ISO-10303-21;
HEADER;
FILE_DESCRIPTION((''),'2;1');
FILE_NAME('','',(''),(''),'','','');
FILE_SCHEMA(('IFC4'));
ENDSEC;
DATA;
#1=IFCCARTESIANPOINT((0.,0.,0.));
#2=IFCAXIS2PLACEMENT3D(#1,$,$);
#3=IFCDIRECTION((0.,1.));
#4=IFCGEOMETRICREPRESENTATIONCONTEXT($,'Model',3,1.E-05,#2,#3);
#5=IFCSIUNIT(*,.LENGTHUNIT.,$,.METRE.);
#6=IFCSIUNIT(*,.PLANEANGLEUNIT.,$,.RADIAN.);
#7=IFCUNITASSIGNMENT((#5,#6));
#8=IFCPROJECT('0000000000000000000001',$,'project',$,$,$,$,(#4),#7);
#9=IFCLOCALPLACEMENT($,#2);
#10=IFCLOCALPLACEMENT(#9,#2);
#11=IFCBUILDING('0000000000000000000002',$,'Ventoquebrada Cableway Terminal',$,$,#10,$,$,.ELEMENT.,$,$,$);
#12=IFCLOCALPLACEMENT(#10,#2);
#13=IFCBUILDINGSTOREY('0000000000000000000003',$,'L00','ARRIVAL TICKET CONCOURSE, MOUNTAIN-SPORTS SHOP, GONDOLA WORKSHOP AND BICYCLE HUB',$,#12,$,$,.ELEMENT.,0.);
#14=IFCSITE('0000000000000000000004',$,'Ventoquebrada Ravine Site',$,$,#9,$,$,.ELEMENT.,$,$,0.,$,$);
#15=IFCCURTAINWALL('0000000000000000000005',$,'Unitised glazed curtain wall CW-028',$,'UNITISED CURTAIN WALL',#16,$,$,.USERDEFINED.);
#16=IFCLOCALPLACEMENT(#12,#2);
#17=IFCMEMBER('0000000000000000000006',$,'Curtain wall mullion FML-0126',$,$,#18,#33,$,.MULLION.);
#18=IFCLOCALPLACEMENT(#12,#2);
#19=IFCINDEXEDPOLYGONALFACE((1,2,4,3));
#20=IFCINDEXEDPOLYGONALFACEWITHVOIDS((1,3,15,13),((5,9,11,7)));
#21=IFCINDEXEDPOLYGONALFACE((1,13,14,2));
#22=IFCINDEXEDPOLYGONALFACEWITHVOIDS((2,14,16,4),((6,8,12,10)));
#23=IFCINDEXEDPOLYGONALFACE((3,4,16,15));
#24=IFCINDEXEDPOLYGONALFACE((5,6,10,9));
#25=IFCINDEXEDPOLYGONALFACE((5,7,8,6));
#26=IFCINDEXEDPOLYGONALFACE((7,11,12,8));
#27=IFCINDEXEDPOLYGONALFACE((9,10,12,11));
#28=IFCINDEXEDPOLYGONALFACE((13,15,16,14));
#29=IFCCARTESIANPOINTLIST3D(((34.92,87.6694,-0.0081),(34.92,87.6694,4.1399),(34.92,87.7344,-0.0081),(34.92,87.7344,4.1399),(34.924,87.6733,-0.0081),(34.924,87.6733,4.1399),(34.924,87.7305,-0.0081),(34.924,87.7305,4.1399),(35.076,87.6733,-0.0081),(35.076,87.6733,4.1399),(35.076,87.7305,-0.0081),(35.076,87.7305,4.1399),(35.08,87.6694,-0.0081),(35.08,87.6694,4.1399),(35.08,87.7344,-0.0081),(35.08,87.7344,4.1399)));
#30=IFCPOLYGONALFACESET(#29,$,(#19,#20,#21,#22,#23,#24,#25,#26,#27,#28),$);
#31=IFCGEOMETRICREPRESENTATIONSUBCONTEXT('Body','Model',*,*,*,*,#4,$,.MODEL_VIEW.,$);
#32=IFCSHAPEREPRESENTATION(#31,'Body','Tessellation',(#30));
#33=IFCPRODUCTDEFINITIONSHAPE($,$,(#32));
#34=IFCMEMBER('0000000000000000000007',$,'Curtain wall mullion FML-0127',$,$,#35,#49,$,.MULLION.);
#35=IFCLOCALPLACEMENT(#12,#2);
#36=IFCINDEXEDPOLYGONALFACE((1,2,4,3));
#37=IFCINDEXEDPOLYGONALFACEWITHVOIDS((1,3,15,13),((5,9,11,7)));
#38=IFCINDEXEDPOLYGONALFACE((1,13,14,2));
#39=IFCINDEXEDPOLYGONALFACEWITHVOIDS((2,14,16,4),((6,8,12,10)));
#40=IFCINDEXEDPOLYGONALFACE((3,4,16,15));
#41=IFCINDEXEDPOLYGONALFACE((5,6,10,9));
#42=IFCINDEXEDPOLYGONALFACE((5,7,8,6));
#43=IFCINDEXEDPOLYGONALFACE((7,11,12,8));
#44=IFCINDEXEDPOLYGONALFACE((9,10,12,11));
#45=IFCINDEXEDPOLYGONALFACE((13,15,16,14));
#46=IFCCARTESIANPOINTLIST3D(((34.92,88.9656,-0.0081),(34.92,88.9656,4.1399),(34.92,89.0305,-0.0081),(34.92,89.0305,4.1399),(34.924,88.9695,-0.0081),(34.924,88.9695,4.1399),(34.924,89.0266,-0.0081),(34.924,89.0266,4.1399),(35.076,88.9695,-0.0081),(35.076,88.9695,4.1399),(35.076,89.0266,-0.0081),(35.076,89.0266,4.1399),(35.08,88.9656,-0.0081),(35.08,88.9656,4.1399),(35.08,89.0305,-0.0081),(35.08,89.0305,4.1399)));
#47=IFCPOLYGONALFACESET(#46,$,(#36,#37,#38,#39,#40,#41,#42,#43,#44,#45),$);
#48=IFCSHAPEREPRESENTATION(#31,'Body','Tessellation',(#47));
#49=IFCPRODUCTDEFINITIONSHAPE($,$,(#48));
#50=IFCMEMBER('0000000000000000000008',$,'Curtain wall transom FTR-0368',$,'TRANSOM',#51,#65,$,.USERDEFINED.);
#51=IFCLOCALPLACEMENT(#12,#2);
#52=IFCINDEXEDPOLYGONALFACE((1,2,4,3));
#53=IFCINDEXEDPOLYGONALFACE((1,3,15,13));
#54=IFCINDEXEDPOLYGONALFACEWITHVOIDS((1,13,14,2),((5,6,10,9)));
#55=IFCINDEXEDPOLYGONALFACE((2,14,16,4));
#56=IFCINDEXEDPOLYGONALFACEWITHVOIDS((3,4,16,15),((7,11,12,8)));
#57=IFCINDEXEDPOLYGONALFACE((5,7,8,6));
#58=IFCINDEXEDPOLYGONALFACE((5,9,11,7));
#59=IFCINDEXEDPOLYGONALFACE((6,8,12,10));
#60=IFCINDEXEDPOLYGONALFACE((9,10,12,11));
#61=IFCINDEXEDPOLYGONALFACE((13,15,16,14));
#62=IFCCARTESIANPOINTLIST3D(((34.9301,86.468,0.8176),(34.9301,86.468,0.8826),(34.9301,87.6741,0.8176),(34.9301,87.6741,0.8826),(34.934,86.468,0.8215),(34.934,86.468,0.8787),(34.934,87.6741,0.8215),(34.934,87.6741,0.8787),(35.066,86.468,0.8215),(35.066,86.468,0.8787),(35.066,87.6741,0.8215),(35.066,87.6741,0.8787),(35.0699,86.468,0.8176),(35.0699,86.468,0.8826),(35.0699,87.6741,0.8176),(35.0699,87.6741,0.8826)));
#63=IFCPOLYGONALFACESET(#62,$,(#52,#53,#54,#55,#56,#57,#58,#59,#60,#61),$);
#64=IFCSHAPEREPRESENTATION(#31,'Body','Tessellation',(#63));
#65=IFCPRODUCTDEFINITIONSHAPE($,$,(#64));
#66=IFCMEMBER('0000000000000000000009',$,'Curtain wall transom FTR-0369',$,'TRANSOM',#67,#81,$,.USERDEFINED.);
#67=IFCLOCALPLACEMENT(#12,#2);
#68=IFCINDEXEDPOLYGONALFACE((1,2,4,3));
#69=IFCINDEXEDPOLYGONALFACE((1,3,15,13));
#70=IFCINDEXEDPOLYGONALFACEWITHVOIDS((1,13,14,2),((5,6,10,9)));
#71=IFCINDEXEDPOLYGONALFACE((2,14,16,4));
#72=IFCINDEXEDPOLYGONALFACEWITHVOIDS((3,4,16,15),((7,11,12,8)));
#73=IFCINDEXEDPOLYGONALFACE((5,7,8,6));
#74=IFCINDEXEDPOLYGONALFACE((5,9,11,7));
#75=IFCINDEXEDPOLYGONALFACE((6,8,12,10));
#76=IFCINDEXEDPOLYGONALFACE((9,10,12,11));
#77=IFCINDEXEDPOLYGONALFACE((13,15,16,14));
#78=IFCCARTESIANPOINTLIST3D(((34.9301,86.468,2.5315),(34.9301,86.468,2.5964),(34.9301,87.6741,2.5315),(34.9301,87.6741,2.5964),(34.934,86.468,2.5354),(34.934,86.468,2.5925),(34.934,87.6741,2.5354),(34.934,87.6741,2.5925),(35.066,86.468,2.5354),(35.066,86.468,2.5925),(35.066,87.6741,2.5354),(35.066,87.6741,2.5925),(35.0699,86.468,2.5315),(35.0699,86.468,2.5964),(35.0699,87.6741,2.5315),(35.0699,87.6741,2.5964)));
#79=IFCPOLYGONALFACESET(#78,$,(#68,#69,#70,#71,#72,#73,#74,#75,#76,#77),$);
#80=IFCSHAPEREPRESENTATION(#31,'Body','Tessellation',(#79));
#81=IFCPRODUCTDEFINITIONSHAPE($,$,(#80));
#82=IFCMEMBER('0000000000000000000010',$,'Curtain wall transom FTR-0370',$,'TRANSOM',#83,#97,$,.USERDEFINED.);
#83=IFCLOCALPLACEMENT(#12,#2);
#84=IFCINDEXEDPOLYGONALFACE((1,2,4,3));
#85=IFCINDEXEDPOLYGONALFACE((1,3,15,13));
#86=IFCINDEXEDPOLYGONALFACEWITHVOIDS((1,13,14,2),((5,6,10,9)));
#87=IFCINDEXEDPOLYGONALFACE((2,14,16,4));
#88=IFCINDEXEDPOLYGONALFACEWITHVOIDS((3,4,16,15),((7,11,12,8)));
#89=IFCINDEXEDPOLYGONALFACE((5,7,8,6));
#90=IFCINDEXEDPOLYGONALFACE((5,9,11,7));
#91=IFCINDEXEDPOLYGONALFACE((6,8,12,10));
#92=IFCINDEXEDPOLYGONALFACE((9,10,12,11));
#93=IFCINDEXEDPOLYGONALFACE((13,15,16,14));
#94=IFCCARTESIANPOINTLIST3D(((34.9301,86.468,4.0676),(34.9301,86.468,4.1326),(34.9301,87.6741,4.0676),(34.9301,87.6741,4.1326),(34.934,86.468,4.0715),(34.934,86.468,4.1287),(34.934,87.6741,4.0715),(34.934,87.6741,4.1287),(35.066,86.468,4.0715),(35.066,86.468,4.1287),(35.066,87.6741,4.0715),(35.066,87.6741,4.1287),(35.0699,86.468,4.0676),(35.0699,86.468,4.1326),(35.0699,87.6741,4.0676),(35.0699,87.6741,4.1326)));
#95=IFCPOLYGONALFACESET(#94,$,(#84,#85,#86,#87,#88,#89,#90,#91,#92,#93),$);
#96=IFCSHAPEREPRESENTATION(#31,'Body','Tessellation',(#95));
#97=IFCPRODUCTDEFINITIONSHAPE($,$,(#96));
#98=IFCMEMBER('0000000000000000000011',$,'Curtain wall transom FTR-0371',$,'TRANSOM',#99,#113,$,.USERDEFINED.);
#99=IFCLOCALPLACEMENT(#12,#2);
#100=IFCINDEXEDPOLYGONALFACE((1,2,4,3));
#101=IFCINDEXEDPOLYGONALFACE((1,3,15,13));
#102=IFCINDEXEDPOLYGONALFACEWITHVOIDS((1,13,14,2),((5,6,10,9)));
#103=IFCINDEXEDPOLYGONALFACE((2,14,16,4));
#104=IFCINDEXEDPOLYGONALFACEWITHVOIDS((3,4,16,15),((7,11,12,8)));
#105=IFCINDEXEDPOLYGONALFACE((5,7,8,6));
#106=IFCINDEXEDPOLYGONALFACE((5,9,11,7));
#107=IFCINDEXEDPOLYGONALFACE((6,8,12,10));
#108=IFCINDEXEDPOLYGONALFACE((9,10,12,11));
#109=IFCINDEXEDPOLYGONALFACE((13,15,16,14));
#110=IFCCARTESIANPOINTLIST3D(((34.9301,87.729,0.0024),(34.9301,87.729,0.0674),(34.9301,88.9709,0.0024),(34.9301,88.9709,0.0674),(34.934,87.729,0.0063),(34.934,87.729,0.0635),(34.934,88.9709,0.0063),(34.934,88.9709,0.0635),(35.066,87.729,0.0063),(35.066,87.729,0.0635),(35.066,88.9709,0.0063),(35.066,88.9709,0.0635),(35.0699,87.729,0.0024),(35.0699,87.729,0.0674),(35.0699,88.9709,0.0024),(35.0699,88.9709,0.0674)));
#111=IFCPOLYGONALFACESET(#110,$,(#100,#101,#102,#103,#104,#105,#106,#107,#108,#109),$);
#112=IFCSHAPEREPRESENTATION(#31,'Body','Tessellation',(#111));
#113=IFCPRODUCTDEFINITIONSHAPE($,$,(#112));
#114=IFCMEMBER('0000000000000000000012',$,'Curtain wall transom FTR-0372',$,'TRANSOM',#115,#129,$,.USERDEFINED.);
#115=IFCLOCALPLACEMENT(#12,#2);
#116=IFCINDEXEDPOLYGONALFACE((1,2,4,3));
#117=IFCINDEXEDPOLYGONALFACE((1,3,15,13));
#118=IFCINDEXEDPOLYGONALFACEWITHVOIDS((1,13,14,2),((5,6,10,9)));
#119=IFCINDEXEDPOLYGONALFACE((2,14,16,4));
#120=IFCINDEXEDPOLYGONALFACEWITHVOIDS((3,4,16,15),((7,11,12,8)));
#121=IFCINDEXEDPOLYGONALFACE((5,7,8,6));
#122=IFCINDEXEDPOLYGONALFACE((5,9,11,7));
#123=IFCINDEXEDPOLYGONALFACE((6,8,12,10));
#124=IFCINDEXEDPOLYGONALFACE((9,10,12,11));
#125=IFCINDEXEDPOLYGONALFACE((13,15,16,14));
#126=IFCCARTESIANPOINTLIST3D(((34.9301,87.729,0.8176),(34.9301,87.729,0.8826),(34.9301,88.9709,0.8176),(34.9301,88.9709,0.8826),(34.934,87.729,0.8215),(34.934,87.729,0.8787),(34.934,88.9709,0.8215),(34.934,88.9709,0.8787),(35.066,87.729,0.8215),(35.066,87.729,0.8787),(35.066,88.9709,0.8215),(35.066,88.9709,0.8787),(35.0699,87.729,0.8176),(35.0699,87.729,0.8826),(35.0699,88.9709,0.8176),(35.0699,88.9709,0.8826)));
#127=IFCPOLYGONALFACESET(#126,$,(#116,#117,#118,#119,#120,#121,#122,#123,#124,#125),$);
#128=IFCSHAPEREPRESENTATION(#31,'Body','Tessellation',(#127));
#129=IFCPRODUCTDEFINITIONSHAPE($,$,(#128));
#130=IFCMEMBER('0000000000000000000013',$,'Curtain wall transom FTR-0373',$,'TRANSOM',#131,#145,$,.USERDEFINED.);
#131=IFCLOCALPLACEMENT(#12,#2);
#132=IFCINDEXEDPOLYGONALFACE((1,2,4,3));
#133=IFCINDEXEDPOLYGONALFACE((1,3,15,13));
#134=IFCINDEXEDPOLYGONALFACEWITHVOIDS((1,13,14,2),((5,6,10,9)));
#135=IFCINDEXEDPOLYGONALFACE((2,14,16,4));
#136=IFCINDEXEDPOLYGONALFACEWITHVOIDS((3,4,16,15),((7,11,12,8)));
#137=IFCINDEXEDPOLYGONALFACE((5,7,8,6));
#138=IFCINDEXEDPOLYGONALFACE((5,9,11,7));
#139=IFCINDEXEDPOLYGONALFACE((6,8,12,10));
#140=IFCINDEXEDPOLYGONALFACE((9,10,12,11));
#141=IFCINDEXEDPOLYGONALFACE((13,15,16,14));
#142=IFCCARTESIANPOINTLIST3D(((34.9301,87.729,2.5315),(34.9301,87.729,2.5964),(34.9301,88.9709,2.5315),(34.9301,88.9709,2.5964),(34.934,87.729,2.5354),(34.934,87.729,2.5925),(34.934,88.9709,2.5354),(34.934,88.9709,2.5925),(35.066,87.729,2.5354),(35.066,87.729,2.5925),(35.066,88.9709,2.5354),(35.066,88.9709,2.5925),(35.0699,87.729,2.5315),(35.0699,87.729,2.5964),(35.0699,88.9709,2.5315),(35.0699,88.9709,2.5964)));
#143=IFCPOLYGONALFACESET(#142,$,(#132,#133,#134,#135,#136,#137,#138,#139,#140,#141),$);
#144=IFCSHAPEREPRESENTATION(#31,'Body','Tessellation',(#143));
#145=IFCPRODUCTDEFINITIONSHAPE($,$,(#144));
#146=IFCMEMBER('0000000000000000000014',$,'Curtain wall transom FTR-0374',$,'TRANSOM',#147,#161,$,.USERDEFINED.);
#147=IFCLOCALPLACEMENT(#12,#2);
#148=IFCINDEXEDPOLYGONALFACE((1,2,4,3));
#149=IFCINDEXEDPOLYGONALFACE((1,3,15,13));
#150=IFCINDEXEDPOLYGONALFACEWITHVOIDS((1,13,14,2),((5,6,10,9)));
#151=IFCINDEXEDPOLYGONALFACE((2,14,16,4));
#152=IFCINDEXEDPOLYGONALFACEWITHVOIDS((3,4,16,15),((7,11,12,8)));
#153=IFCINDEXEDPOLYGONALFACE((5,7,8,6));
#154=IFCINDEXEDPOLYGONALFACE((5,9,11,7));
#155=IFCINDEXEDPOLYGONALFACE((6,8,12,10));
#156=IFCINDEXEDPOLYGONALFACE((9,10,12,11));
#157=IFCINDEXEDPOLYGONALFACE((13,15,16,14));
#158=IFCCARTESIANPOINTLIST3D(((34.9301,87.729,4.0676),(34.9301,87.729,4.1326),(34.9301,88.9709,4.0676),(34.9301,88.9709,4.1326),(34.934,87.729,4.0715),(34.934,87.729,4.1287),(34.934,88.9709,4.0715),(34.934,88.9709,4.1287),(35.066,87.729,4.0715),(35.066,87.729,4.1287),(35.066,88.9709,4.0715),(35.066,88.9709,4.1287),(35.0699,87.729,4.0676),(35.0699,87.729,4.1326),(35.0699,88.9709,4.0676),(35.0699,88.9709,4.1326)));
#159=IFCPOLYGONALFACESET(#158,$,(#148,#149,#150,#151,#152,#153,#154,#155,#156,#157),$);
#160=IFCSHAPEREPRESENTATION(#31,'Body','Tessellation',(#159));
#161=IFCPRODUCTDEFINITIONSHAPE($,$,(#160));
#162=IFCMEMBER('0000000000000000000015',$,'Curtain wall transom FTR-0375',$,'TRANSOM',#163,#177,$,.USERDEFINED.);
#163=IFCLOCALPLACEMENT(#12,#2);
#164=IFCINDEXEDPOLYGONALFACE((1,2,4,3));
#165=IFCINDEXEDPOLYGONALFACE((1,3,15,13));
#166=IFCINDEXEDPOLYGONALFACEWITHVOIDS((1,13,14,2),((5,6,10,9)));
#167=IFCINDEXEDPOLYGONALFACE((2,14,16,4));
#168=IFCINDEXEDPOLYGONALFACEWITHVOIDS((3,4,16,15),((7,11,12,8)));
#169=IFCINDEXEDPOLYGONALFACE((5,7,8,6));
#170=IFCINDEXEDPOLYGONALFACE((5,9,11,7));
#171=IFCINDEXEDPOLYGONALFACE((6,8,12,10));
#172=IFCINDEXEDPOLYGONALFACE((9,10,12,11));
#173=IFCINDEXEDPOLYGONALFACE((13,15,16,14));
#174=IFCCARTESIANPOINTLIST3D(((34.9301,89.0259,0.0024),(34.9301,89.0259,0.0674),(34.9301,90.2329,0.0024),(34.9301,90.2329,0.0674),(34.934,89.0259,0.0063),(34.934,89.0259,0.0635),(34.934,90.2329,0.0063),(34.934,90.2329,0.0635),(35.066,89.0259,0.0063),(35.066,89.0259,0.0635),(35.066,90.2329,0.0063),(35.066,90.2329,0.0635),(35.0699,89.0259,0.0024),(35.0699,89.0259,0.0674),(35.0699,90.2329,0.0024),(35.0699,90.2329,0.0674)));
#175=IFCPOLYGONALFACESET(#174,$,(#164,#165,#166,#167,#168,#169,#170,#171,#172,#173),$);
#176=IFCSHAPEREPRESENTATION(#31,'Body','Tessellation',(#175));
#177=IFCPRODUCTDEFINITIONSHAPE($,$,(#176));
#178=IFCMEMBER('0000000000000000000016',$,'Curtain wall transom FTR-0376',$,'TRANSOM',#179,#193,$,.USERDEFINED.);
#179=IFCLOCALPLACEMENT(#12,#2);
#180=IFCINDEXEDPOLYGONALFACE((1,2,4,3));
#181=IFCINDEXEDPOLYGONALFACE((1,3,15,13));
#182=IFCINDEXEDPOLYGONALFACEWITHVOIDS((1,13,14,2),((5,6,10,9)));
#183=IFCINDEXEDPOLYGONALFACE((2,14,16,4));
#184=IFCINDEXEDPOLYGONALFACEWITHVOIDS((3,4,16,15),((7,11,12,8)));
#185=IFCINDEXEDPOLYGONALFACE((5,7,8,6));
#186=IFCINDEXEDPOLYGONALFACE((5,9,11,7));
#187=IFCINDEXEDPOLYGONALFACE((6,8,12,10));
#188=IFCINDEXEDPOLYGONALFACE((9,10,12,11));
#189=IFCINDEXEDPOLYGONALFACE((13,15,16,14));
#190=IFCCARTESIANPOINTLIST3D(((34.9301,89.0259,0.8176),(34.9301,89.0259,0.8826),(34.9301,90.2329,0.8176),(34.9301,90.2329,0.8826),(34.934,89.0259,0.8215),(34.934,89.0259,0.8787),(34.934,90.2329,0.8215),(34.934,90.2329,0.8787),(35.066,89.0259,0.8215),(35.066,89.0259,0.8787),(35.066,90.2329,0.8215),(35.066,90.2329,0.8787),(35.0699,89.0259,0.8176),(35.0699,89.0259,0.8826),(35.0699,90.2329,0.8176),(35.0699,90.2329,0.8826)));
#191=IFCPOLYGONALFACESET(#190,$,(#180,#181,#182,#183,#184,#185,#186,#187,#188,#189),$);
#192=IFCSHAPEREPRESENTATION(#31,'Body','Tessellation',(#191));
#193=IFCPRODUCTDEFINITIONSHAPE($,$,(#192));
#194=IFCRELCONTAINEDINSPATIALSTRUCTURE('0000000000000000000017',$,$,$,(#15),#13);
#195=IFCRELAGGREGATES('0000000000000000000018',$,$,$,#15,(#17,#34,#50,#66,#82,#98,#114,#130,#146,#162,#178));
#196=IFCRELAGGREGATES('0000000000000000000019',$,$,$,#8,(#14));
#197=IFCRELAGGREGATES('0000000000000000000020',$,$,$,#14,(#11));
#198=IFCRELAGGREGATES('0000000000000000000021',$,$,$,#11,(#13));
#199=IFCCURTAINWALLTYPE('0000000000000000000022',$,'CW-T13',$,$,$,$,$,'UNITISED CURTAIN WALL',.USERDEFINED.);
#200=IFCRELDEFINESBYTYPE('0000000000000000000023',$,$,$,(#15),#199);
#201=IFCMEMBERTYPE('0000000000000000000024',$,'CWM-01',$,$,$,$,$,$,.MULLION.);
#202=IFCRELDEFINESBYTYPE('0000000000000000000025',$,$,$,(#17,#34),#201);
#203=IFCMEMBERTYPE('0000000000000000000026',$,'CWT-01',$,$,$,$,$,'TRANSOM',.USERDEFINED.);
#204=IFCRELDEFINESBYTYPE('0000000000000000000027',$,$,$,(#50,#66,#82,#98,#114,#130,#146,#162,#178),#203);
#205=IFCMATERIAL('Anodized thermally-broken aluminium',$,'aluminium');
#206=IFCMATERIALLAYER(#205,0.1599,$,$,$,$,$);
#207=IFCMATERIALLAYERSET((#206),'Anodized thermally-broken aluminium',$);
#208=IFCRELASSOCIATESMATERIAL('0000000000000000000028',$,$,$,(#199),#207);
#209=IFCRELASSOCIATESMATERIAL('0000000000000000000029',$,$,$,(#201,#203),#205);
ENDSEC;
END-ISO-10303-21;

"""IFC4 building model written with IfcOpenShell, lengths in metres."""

from ifc_helpers import new_model, si_unit, direction, frame, origin, origin_2d, place, context, subcontext, project, spatial, hollow_rectangle, extrude, material, layer, layer_set, material_profile, profile_set, type_object, element, aggregate, save


model = new_model("IFC4")

# Units and contexts
model_context = context("Model", 3, precision=1e-05, world=origin(), true_north=direction((0.0, 1.0)))
body_context = subcontext(model_context, "Body", "Model", "MODEL_VIEW")
ifc_project = project(units=[si_unit("LENGTHUNIT", "METRE"), si_unit("PLANEANGLEUNIT", "RADIAN")], contexts=[model_context])

# Site, building, storey
site_placement = place(None, origin())
site = spatial("IfcSite", under=ifc_project, at=site_placement, Name="Ventoquebrada Ravine Site", CompositionType="ELEMENT", RefElevation=0.0)
building_placement = place(site_placement, origin())
building = spatial("IfcBuilding", under=site, at=building_placement, Name="Ventoquebrada Cableway Terminal", CompositionType="ELEMENT")
storey_placement = place(building_placement, origin())
storey = spatial("IfcBuildingStorey", under=building, at=storey_placement, Name="L00", Description="ARRIVAL TICKET CONCOURSE, MOUNTAIN-SPORTS SHOP, GONDOLA WORKSHOP AND BICYCLE HUB", CompositionType="ELEMENT", Elevation=0.0)

# Curtain wall, members
ifc_material_1 = material(Name="Anodized thermally-broken aluminium", Category="aluminium")
ifc_layer_1 = layer(ifc_material_1, 0.1599)
ifc_layer_set_1 = layer_set([ifc_layer_1], Name="Anodized thermally-broken aluminium")
curtain_wall_type = type_object("IfcCurtainWallType", Name="CW-T13", ElementType="UNITISED CURTAIN WALL", PredefinedType="USERDEFINED", material=ifc_layer_set_1)
curtain_wall_placement = place(storey_placement, origin())
curtain_wall = element("IfcCurtainWall", 1, at=curtain_wall_placement, inside=storey, type_object=curtain_wall_type, Name="Unitised glazed curtain wall CW-028", ObjectType="UNITISED CURTAIN WALL", PredefinedType="USERDEFINED")
ifc_material_profile_1 = material_profile(ifc_material_1, hollow_rectangle(XDim=0.0649, YDim=0.1599, WallThickness=0.0039, at=origin_2d()), Name="CW-MUL-65X160")
ifc_profile_set_1 = profile_set([ifc_material_profile_1], Name="Anodized thermally-broken aluminium")
member_type_1 = type_object("IfcMemberType", Name="CWM-01", PredefinedType="MULLION", material=ifc_profile_set_1)
member_1_placement = place(storey_placement, frame((35.0, 87.7019, -0.0081), z_axis=(0.0, 0.0, 1.0), x_axis=(0.0, 1.0, 0.0)))
member_1 = element("IfcMember", 2, at=member_1_placement, type_object=member_type_1, Name="Curtain wall mullion FML-0126", PredefinedType="MULLION", context=body_context, shape_type="SweptSolid", body=[
    extrude(hollow_rectangle(XDim=0.0649, YDim=0.1599, WallThickness=0.0039, at=origin_2d()), origin(), (0.0, 0.0, 1.0), 4.1479),
])
member_2_placement = place(storey_placement, frame((35.0, 88.998, -0.0081), z_axis=(0.0, 0.0, 1.0), x_axis=(0.0, 1.0, 0.0)))
member_2 = element("IfcMember", 3, at=member_2_placement, type_object=member_type_1, Name="Curtain wall mullion FML-0127", PredefinedType="MULLION", context=body_context, shape_type="SweptSolid", body=[
    extrude(hollow_rectangle(XDim=0.0649, YDim=0.1599, WallThickness=0.0039, at=origin_2d()), origin(), (0.0, 0.0, 1.0), 4.1479),
])
ifc_material_profile_2 = material_profile(ifc_material_1, hollow_rectangle(XDim=0.0649, YDim=0.1399, WallThickness=0.0039, at=origin_2d()), Name="CW-TRN-65X140")
ifc_profile_set_2 = profile_set([ifc_material_profile_2], Name="Anodized thermally-broken aluminium")
member_type_2 = type_object("IfcMemberType", Name="CWT-01", ElementType="TRANSOM", PredefinedType="USERDEFINED", material=ifc_profile_set_2)
member_3_placement = place(storey_placement, frame((35.0, 86.468, 0.8501), z_axis=(0.0, 1.0, 0.0), x_axis=(0.0, 0.0, 1.0)))
member_3 = element("IfcMember", 4, at=member_3_placement, type_object=member_type_2, Name="Curtain wall transom FTR-0368", ObjectType="TRANSOM", PredefinedType="USERDEFINED", context=body_context, shape_type="SweptSolid", body=[
    extrude(hollow_rectangle(XDim=0.0649, YDim=0.1399, WallThickness=0.0039, at=origin_2d()), origin(), (0.0, 0.0, 1.0), 1.2061),
])
member_4_placement = place(storey_placement, frame((35.0, 86.468, 2.564), z_axis=(0.0, 1.0, 0.0), x_axis=(0.0, 0.0, 1.0)))
member_4 = element("IfcMember", 5, at=member_4_placement, type_object=member_type_2, Name="Curtain wall transom FTR-0369", ObjectType="TRANSOM", PredefinedType="USERDEFINED", context=body_context, shape_type="SweptSolid", body=[
    extrude(hollow_rectangle(XDim=0.0649, YDim=0.1399, WallThickness=0.0039, at=origin_2d()), origin(), (0.0, 0.0, 1.0), 1.2061),
])
member_5_placement = place(storey_placement, frame((35.0, 86.468, 4.1001), z_axis=(0.0, 1.0, 0.0), x_axis=(0.0, 0.0, 1.0)))
member_5 = element("IfcMember", 6, at=member_5_placement, type_object=member_type_2, Name="Curtain wall transom FTR-0370", ObjectType="TRANSOM", PredefinedType="USERDEFINED", context=body_context, shape_type="SweptSolid", body=[
    extrude(hollow_rectangle(XDim=0.0649, YDim=0.1399, WallThickness=0.0039, at=origin_2d()), origin(), (0.0, 0.0, 1.0), 1.2061),
])
member_6_placement = place(storey_placement, frame((35.0, 87.729, 0.0349), z_axis=(0.0, 1.0, 0.0), x_axis=(0.0, 0.0, 1.0)))
member_6 = element("IfcMember", 7, at=member_6_placement, type_object=member_type_2, Name="Curtain wall transom FTR-0371", ObjectType="TRANSOM", PredefinedType="USERDEFINED", context=body_context, shape_type="SweptSolid", body=[
    extrude(hollow_rectangle(XDim=0.0649, YDim=0.1399, WallThickness=0.0039, at=origin_2d()), origin(), (0.0, 0.0, 1.0), 1.2419),
])
member_7_placement = place(storey_placement, frame((35.0, 87.729, 0.8501), z_axis=(0.0, 1.0, 0.0), x_axis=(0.0, 0.0, 1.0)))
member_7 = element("IfcMember", 8, at=member_7_placement, type_object=member_type_2, Name="Curtain wall transom FTR-0372", ObjectType="TRANSOM", PredefinedType="USERDEFINED", context=body_context, shape_type="SweptSolid", body=[
    extrude(hollow_rectangle(XDim=0.0649, YDim=0.1399, WallThickness=0.0039, at=origin_2d()), origin(), (0.0, 0.0, 1.0), 1.2419),
])
member_8_placement = place(storey_placement, frame((35.0, 87.729, 2.564), z_axis=(0.0, 1.0, 0.0), x_axis=(0.0, 0.0, 1.0)))
member_8 = element("IfcMember", 9, at=member_8_placement, type_object=member_type_2, Name="Curtain wall transom FTR-0373", ObjectType="TRANSOM", PredefinedType="USERDEFINED", context=body_context, shape_type="SweptSolid", body=[
    extrude(hollow_rectangle(XDim=0.0649, YDim=0.1399, WallThickness=0.0039, at=origin_2d()), origin(), (0.0, 0.0, 1.0), 1.2419),
])
member_9_placement = place(storey_placement, frame((35.0, 87.729, 4.1001), z_axis=(0.0, 1.0, 0.0), x_axis=(0.0, 0.0, 1.0)))
member_9 = element("IfcMember", 10, at=member_9_placement, type_object=member_type_2, Name="Curtain wall transom FTR-0374", ObjectType="TRANSOM", PredefinedType="USERDEFINED", context=body_context, shape_type="SweptSolid", body=[
    extrude(hollow_rectangle(XDim=0.0649, YDim=0.1399, WallThickness=0.0039, at=origin_2d()), origin(), (0.0, 0.0, 1.0), 1.2419),
])
member_10_placement = place(storey_placement, frame((35.0, 89.0259, 0.0349), z_axis=(0.0, 1.0, 0.0), x_axis=(0.0, 0.0, 1.0)))
member_10 = element("IfcMember", 11, at=member_10_placement, type_object=member_type_2, Name="Curtain wall transom FTR-0375", ObjectType="TRANSOM", PredefinedType="USERDEFINED", context=body_context, shape_type="SweptSolid", body=[
    extrude(hollow_rectangle(XDim=0.0649, YDim=0.1399, WallThickness=0.0039, at=origin_2d()), origin(), (0.0, 0.0, 1.0), 1.207),
])
member_11_placement = place(storey_placement, frame((35.0, 89.0259, 0.8501), z_axis=(0.0, 1.0, 0.0), x_axis=(0.0, 0.0, 1.0)))
member_11 = element("IfcMember", 12, at=member_11_placement, type_object=member_type_2, Name="Curtain wall transom FTR-0376", ObjectType="TRANSOM", PredefinedType="USERDEFINED", context=body_context, shape_type="SweptSolid", body=[
    extrude(hollow_rectangle(XDim=0.0649, YDim=0.1399, WallThickness=0.0039, at=origin_2d()), origin(), (0.0, 0.0, 1.0), 1.207),
])
aggregate(curtain_wall, [member_1, member_2, member_3, member_4, member_5, member_6, member_7, member_8, member_9, member_10, member_11])

save(model, "model.ifc")
